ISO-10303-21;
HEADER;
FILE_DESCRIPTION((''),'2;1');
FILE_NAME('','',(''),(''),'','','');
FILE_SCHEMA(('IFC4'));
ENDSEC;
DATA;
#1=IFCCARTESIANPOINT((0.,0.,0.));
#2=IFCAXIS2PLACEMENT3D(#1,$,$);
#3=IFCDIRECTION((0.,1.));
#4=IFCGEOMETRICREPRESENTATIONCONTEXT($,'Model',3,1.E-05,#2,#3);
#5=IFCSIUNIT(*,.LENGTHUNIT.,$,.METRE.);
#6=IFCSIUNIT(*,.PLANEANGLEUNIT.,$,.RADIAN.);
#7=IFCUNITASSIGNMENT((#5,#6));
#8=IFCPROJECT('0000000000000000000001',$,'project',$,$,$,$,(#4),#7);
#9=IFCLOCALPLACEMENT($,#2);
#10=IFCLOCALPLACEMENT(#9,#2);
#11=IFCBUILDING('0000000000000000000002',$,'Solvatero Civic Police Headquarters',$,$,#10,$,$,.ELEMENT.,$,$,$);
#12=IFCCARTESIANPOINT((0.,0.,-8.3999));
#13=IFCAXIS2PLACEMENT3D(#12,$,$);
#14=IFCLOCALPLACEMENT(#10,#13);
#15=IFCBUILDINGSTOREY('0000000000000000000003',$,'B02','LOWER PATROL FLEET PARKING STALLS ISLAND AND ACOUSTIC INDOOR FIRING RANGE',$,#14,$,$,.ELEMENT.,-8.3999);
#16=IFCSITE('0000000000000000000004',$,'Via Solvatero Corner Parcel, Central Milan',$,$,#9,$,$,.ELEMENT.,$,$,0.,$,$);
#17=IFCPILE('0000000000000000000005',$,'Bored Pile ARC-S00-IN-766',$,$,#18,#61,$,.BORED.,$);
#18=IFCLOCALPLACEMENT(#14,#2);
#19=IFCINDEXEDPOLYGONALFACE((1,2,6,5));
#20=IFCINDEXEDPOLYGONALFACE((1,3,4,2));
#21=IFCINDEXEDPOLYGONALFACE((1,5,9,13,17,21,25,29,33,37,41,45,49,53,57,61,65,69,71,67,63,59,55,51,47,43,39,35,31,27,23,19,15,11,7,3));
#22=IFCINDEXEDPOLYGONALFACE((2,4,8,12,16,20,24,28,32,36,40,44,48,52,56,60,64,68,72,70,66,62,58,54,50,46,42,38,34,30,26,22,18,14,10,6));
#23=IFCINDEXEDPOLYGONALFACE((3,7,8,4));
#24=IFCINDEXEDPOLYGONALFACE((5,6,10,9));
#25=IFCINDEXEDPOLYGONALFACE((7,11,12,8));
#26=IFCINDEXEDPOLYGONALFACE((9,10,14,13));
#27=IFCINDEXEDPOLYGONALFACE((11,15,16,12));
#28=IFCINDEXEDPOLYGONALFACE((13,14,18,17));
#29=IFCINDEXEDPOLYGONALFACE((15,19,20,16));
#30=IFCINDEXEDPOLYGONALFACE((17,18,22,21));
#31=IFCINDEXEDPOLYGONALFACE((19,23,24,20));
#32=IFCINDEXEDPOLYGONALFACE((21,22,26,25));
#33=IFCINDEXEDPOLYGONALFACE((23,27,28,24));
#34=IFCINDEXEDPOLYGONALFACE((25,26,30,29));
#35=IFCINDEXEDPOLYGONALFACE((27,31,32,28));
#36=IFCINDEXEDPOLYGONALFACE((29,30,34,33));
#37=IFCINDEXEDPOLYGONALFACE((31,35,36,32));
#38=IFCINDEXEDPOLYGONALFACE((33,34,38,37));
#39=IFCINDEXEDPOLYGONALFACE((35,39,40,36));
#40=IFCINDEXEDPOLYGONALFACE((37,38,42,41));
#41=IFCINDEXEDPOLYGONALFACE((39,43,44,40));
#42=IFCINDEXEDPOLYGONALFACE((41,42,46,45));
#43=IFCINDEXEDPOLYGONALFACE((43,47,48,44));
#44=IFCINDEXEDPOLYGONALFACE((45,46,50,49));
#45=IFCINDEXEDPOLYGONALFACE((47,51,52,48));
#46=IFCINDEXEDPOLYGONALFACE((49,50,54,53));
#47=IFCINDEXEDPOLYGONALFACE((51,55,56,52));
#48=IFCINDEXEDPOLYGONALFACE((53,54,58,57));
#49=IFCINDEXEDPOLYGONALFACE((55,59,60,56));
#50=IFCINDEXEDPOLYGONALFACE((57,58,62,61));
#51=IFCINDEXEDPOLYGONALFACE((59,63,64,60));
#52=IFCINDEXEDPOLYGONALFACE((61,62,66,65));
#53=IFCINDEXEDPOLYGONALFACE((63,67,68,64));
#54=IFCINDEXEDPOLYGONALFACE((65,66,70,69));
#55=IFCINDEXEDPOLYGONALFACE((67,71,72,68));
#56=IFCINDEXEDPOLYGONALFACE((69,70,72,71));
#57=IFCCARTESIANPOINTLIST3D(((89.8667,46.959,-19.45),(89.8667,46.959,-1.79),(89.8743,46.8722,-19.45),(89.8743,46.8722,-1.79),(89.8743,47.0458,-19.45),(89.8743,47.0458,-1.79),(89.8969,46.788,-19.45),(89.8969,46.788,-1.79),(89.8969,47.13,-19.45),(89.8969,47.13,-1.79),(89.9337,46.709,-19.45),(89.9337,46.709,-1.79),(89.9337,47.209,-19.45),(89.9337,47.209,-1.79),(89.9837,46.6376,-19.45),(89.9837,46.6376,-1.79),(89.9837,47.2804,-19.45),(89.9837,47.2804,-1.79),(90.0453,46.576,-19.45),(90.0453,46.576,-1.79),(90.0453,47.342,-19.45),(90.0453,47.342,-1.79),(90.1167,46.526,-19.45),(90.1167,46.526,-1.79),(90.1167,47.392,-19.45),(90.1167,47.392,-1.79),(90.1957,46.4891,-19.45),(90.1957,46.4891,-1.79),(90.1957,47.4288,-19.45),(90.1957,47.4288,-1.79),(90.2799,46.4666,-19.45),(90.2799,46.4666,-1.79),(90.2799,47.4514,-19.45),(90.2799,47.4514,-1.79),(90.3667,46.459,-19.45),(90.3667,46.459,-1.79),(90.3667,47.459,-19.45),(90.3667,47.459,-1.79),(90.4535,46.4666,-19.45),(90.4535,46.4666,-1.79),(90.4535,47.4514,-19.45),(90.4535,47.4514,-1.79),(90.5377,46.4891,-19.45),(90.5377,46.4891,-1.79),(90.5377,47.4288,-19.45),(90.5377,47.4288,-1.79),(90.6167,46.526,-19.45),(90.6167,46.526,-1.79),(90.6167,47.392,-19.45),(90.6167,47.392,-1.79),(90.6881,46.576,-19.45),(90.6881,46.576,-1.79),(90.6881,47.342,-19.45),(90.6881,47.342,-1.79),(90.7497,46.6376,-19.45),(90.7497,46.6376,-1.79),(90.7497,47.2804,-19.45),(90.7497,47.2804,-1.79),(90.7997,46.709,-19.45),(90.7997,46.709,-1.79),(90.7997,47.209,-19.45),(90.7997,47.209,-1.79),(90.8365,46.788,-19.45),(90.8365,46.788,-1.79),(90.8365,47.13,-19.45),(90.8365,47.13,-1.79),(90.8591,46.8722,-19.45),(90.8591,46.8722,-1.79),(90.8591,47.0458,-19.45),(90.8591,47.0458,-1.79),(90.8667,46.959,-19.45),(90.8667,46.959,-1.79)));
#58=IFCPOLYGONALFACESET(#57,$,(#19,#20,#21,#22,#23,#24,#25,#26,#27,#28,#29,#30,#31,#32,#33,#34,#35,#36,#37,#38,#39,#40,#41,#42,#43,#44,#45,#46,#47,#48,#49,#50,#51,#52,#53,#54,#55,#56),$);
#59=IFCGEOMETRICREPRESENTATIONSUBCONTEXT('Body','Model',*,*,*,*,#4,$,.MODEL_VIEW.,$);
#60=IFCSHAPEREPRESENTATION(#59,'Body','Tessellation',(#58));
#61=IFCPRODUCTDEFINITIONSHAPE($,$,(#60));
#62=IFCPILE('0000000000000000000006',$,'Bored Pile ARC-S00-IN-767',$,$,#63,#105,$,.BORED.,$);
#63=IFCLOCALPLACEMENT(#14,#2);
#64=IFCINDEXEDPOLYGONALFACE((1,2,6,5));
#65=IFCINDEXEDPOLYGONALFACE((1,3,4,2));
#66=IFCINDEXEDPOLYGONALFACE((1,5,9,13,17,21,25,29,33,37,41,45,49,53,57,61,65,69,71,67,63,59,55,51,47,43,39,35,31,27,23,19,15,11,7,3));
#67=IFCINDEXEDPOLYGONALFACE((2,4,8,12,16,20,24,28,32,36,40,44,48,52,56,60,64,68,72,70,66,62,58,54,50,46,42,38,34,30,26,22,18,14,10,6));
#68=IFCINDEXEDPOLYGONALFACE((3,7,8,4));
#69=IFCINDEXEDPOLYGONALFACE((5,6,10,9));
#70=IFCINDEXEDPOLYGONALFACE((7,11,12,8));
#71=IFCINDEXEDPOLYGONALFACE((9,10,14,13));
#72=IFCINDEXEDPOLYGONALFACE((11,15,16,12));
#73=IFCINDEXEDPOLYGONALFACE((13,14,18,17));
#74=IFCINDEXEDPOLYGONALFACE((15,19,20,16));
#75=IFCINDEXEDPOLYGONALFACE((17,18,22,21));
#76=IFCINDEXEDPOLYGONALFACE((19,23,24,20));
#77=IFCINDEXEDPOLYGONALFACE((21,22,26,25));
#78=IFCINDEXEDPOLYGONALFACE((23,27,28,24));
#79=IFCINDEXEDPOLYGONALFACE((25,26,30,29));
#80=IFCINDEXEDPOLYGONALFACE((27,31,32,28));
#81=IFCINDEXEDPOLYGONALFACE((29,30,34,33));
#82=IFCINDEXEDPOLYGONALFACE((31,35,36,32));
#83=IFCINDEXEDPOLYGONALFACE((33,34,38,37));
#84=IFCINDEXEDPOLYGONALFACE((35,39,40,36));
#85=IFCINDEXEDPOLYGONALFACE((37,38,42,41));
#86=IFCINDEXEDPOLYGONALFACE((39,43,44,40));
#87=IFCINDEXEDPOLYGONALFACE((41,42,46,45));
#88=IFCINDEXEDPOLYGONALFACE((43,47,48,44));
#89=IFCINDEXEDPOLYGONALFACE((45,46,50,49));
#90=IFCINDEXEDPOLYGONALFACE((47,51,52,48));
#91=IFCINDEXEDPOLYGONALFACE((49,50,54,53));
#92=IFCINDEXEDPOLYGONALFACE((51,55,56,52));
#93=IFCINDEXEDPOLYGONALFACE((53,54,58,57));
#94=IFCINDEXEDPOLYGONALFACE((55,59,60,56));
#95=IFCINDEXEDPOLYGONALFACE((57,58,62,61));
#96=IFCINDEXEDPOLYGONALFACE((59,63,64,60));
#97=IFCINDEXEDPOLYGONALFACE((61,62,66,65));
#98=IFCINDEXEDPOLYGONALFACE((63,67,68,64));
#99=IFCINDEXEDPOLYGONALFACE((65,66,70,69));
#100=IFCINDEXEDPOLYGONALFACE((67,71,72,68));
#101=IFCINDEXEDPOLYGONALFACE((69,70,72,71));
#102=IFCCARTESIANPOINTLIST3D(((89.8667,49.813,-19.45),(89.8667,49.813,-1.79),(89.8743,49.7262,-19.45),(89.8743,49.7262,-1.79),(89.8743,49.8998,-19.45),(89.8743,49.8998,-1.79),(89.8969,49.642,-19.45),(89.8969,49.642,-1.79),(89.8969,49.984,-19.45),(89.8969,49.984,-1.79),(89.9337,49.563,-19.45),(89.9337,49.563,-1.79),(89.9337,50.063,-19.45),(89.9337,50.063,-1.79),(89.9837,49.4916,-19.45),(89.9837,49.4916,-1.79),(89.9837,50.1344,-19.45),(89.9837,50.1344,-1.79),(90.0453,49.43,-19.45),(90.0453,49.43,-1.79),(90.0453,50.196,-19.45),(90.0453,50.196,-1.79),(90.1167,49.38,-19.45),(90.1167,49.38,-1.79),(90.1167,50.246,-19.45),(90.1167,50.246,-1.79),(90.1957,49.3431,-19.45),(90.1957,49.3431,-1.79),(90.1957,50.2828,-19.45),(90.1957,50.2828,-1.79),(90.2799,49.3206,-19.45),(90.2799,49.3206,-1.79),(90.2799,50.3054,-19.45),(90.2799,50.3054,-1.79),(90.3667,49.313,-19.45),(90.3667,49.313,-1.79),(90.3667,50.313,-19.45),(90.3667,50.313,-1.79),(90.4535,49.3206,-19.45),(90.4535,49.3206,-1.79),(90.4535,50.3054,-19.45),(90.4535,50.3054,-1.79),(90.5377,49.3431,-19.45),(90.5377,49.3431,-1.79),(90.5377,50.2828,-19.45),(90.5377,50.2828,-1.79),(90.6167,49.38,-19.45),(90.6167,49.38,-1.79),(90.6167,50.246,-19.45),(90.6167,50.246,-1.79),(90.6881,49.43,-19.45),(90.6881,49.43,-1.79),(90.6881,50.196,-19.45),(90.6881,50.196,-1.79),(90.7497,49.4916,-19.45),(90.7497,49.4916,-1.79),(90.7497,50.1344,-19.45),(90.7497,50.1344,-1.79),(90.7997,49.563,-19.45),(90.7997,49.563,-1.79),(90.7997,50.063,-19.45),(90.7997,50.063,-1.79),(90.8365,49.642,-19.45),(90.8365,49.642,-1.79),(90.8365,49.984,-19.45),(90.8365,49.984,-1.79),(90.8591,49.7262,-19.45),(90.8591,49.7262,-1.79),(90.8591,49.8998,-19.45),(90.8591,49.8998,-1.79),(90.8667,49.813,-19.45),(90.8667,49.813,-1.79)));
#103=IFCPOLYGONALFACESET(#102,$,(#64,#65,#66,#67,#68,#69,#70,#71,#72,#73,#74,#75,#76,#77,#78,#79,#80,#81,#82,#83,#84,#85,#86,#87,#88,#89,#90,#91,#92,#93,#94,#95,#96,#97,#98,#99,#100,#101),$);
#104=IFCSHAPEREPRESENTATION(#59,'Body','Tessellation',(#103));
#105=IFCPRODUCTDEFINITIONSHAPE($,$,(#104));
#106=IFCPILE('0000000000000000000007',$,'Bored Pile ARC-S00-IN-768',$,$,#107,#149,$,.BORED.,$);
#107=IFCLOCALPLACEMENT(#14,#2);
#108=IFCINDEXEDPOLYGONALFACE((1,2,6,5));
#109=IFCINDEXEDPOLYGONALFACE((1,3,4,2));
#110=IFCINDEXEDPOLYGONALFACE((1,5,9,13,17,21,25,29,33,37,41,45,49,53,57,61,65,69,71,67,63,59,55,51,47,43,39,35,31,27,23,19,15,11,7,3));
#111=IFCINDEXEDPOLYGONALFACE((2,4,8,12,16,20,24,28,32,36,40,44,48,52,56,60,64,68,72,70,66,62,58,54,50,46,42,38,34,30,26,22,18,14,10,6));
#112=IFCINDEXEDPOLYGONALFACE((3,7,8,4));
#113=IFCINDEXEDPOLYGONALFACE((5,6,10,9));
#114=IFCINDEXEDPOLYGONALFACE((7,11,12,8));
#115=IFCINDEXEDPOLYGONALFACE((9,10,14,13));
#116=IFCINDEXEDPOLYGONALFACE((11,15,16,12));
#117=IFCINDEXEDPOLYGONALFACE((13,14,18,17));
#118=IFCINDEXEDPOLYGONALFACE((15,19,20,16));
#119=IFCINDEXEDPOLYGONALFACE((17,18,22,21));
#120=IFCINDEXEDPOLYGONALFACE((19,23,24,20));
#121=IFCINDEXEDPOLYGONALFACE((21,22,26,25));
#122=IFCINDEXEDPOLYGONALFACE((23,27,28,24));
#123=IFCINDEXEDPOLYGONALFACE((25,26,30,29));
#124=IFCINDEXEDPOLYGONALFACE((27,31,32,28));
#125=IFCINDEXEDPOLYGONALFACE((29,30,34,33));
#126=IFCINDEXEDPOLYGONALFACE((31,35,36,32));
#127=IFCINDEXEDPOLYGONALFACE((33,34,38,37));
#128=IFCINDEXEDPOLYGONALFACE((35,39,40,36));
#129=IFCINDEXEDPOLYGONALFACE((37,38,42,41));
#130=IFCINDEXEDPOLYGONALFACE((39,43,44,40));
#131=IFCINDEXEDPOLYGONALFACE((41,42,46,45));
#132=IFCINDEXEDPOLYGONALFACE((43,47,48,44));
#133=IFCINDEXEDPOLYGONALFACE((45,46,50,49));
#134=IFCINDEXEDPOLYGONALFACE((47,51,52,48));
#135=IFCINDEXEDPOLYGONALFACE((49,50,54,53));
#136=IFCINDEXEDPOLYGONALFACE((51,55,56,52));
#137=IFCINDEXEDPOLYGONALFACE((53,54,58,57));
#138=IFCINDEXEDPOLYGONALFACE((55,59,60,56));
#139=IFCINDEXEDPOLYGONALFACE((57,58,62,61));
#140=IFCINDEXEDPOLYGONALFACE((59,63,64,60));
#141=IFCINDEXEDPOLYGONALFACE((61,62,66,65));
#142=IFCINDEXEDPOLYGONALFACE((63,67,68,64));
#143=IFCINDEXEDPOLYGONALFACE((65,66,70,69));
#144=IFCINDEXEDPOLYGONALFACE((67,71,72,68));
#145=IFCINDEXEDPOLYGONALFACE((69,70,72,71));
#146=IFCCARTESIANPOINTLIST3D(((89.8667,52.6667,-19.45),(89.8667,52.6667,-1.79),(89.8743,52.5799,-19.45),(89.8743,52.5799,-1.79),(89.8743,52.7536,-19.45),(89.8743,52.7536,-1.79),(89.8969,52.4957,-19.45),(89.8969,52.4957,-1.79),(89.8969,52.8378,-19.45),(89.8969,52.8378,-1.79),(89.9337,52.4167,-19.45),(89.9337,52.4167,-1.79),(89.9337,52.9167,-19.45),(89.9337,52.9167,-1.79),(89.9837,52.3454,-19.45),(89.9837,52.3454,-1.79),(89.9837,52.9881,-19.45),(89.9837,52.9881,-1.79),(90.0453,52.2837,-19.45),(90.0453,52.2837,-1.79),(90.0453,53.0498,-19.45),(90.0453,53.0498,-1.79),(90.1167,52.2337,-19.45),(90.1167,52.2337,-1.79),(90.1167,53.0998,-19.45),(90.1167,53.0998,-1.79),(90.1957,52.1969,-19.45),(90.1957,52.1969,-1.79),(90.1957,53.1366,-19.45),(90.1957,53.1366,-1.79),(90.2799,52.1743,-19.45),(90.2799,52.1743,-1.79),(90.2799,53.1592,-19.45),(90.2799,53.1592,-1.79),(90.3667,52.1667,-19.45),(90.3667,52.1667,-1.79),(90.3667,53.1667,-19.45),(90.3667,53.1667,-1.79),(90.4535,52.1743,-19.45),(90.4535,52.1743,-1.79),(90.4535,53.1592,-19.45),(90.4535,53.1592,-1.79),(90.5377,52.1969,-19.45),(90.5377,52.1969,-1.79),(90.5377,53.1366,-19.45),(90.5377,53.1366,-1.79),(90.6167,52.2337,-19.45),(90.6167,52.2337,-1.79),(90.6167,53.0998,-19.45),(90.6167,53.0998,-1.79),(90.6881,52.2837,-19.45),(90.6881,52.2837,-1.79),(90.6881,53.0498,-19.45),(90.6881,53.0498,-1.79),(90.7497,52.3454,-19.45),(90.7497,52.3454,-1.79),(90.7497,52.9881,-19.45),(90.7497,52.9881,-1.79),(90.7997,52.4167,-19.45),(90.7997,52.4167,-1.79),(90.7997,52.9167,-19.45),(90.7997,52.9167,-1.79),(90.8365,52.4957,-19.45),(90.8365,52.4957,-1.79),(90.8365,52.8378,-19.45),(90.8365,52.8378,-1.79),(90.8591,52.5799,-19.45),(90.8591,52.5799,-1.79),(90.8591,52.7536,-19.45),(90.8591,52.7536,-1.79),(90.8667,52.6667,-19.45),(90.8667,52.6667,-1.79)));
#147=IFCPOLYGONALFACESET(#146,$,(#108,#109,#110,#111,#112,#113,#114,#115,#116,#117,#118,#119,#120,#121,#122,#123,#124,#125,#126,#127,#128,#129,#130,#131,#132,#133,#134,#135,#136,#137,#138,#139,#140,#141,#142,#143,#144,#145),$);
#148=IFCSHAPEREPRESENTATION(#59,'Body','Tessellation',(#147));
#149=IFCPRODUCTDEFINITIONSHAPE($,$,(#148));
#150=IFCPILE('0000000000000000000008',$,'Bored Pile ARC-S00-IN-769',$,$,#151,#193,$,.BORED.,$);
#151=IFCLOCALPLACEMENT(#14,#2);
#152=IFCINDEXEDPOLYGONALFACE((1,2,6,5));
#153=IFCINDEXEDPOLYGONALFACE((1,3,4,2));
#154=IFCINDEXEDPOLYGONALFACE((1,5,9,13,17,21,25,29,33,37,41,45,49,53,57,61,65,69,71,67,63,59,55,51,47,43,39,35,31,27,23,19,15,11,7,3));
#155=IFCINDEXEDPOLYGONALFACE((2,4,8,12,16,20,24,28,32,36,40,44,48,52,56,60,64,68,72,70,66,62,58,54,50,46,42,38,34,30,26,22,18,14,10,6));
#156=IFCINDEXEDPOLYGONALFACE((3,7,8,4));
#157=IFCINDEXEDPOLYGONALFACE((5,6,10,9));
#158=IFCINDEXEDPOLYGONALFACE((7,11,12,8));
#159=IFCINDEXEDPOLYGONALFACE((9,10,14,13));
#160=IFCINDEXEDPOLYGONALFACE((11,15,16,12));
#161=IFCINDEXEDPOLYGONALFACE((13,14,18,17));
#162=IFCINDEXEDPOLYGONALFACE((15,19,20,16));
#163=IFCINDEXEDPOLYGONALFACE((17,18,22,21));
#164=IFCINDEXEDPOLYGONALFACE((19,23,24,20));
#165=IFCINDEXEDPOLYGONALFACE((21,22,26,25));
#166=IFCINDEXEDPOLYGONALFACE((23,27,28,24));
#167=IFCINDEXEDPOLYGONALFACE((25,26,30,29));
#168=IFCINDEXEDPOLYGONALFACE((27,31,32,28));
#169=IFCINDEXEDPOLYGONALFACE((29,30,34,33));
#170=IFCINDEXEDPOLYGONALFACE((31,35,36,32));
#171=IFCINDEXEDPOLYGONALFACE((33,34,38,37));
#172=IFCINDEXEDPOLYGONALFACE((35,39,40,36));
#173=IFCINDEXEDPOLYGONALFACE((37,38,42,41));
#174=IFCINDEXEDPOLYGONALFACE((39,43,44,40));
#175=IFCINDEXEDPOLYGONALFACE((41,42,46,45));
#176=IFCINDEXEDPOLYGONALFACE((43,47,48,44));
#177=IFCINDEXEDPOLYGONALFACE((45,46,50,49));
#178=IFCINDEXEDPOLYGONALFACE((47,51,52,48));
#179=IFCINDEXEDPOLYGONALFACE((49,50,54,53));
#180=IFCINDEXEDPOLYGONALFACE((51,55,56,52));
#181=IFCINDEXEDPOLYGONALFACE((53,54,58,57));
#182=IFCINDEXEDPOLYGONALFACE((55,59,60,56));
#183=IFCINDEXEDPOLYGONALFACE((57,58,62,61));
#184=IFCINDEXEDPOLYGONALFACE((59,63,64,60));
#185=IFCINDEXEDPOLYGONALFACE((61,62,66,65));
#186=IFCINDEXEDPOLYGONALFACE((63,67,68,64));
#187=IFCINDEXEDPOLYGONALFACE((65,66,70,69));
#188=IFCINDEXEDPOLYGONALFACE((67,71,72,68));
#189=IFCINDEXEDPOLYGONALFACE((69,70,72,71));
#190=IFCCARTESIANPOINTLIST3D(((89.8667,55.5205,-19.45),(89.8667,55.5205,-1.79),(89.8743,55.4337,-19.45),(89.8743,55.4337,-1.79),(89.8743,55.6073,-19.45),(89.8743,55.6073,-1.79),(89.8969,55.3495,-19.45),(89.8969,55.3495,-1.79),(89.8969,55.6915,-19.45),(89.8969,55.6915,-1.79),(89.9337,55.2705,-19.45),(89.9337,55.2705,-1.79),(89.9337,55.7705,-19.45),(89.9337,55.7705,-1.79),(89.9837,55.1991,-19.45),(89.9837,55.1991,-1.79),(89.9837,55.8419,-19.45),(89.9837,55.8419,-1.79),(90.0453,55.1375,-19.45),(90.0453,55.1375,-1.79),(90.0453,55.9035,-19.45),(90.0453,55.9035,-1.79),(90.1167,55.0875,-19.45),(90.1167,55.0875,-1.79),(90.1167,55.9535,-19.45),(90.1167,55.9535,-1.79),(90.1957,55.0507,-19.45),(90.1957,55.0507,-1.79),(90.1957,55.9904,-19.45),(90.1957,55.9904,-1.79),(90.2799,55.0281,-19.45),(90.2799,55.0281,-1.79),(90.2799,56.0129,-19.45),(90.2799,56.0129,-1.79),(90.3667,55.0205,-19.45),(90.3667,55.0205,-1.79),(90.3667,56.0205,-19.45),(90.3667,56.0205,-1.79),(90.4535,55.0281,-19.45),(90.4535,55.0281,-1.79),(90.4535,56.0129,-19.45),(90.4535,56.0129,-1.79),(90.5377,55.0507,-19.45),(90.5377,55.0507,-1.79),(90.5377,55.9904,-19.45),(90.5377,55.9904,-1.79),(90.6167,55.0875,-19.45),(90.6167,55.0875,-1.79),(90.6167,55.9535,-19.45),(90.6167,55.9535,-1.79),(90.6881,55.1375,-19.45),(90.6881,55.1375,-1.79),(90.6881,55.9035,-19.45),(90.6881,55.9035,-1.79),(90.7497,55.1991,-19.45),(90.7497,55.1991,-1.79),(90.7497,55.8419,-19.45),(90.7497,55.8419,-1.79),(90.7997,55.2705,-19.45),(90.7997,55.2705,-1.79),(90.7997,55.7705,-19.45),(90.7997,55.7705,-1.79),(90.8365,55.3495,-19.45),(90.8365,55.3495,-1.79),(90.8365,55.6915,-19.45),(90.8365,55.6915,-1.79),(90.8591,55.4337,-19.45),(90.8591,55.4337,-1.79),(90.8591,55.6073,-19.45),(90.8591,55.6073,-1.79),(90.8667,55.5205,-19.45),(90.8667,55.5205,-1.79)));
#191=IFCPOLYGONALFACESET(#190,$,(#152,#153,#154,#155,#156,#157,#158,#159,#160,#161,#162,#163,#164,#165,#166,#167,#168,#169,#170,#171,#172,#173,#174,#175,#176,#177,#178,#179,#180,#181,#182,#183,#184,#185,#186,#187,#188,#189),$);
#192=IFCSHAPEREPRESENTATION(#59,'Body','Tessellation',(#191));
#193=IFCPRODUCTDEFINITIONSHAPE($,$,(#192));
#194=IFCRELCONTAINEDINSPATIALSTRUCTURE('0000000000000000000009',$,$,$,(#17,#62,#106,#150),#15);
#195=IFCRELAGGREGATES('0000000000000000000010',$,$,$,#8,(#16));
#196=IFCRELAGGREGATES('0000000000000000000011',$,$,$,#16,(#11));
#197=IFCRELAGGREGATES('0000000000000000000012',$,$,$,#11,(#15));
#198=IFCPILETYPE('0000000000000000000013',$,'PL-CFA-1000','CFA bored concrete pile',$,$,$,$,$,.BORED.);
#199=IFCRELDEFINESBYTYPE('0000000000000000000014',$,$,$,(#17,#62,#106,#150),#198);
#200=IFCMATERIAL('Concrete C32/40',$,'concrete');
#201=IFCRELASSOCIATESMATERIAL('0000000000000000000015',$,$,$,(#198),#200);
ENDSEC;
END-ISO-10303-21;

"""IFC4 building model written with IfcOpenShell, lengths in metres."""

from ifc_helpers import new_model, si_unit, direction, frame, origin, origin_2d, place, context, subcontext, project, spatial, circle, extrude, material, material_profile, profile_set, type_object, element, save


model = new_model("IFC4")

# Units and contexts
model_context = context("Model", 3, precision=1e-05, world=origin(), true_north=direction((0.0, 1.0)))
body_context = subcontext(model_context, "Body", "Model", "MODEL_VIEW")
ifc_project = project(units=[si_unit("LENGTHUNIT", "METRE"), si_unit("PLANEANGLEUNIT", "RADIAN")], contexts=[model_context])

# Site, building, storey
site_placement = place(None, origin())
site = spatial("IfcSite", under=ifc_project, at=site_placement, Name="Via Solvatero Corner Parcel, Central Milan", CompositionType="ELEMENT", RefElevation=0.0)
building_placement = place(site_placement, origin())
building = spatial("IfcBuilding", under=site, at=building_placement, Name="Solvatero Civic Police Headquarters", CompositionType="ELEMENT")
storey_placement = place(building_placement, frame((0.0, 0.0, -8.3999)))
storey = spatial("IfcBuildingStorey", under=building, at=storey_placement, Name="B02", Description="LOWER PATROL FLEET PARKING STALLS ISLAND AND ACOUSTIC INDOOR FIRING RANGE", CompositionType="ELEMENT", Elevation=-8.3999)

# Piles
ifc_material_1 = material(Name="Concrete C32/40", Category="concrete")
ifc_material_profile_1 = material_profile(ifc_material_1, circle(Radius=0.5, at=origin_2d()), Name="CFA PILE D1000")
ifc_profile_set_1 = profile_set([ifc_material_profile_1], Name="Concrete C32/40")
pile_type = type_object("IfcPileType", Name="PL-CFA-1000", Description="CFA bored concrete pile", PredefinedType="BORED", material=ifc_profile_set_1)
for number, where, z_axis, x_axis, name in (
    (1, (90.3667, 46.959, -1.79), (0.0, 0.0, -1.0), (1.0, 0.0, 0.0), "Bored Pile ARC-S00-IN-766"),
    (2, (90.3667, 49.813, -1.79), (0.0, 0.0, -1.0), (1.0, 0.0, 0.0), "Bored Pile ARC-S00-IN-767"),
    (3, (90.3667, 52.6667, -1.79), (0.0, 0.0, -1.0), (1.0, 0.0, 0.0), "Bored Pile ARC-S00-IN-768"),
    (4, (90.3667, 55.5205, -1.79), (0.0, 0.0, -1.0), (1.0, 0.0, 0.0), "Bored Pile ARC-S00-IN-769"),
):
    element("IfcPile", number, at=place(storey_placement, frame(where, z_axis=z_axis, x_axis=x_axis)), inside=storey, type_object=pile_type, Name=name, PredefinedType="BORED", context=body_context, shape_type="SweptSolid", body=[
        extrude(circle(Radius=0.5, at=origin_2d()), origin(), (0.0, 0.0, 1.0), 17.6599),
    ])

save(model, "model.ifc")
